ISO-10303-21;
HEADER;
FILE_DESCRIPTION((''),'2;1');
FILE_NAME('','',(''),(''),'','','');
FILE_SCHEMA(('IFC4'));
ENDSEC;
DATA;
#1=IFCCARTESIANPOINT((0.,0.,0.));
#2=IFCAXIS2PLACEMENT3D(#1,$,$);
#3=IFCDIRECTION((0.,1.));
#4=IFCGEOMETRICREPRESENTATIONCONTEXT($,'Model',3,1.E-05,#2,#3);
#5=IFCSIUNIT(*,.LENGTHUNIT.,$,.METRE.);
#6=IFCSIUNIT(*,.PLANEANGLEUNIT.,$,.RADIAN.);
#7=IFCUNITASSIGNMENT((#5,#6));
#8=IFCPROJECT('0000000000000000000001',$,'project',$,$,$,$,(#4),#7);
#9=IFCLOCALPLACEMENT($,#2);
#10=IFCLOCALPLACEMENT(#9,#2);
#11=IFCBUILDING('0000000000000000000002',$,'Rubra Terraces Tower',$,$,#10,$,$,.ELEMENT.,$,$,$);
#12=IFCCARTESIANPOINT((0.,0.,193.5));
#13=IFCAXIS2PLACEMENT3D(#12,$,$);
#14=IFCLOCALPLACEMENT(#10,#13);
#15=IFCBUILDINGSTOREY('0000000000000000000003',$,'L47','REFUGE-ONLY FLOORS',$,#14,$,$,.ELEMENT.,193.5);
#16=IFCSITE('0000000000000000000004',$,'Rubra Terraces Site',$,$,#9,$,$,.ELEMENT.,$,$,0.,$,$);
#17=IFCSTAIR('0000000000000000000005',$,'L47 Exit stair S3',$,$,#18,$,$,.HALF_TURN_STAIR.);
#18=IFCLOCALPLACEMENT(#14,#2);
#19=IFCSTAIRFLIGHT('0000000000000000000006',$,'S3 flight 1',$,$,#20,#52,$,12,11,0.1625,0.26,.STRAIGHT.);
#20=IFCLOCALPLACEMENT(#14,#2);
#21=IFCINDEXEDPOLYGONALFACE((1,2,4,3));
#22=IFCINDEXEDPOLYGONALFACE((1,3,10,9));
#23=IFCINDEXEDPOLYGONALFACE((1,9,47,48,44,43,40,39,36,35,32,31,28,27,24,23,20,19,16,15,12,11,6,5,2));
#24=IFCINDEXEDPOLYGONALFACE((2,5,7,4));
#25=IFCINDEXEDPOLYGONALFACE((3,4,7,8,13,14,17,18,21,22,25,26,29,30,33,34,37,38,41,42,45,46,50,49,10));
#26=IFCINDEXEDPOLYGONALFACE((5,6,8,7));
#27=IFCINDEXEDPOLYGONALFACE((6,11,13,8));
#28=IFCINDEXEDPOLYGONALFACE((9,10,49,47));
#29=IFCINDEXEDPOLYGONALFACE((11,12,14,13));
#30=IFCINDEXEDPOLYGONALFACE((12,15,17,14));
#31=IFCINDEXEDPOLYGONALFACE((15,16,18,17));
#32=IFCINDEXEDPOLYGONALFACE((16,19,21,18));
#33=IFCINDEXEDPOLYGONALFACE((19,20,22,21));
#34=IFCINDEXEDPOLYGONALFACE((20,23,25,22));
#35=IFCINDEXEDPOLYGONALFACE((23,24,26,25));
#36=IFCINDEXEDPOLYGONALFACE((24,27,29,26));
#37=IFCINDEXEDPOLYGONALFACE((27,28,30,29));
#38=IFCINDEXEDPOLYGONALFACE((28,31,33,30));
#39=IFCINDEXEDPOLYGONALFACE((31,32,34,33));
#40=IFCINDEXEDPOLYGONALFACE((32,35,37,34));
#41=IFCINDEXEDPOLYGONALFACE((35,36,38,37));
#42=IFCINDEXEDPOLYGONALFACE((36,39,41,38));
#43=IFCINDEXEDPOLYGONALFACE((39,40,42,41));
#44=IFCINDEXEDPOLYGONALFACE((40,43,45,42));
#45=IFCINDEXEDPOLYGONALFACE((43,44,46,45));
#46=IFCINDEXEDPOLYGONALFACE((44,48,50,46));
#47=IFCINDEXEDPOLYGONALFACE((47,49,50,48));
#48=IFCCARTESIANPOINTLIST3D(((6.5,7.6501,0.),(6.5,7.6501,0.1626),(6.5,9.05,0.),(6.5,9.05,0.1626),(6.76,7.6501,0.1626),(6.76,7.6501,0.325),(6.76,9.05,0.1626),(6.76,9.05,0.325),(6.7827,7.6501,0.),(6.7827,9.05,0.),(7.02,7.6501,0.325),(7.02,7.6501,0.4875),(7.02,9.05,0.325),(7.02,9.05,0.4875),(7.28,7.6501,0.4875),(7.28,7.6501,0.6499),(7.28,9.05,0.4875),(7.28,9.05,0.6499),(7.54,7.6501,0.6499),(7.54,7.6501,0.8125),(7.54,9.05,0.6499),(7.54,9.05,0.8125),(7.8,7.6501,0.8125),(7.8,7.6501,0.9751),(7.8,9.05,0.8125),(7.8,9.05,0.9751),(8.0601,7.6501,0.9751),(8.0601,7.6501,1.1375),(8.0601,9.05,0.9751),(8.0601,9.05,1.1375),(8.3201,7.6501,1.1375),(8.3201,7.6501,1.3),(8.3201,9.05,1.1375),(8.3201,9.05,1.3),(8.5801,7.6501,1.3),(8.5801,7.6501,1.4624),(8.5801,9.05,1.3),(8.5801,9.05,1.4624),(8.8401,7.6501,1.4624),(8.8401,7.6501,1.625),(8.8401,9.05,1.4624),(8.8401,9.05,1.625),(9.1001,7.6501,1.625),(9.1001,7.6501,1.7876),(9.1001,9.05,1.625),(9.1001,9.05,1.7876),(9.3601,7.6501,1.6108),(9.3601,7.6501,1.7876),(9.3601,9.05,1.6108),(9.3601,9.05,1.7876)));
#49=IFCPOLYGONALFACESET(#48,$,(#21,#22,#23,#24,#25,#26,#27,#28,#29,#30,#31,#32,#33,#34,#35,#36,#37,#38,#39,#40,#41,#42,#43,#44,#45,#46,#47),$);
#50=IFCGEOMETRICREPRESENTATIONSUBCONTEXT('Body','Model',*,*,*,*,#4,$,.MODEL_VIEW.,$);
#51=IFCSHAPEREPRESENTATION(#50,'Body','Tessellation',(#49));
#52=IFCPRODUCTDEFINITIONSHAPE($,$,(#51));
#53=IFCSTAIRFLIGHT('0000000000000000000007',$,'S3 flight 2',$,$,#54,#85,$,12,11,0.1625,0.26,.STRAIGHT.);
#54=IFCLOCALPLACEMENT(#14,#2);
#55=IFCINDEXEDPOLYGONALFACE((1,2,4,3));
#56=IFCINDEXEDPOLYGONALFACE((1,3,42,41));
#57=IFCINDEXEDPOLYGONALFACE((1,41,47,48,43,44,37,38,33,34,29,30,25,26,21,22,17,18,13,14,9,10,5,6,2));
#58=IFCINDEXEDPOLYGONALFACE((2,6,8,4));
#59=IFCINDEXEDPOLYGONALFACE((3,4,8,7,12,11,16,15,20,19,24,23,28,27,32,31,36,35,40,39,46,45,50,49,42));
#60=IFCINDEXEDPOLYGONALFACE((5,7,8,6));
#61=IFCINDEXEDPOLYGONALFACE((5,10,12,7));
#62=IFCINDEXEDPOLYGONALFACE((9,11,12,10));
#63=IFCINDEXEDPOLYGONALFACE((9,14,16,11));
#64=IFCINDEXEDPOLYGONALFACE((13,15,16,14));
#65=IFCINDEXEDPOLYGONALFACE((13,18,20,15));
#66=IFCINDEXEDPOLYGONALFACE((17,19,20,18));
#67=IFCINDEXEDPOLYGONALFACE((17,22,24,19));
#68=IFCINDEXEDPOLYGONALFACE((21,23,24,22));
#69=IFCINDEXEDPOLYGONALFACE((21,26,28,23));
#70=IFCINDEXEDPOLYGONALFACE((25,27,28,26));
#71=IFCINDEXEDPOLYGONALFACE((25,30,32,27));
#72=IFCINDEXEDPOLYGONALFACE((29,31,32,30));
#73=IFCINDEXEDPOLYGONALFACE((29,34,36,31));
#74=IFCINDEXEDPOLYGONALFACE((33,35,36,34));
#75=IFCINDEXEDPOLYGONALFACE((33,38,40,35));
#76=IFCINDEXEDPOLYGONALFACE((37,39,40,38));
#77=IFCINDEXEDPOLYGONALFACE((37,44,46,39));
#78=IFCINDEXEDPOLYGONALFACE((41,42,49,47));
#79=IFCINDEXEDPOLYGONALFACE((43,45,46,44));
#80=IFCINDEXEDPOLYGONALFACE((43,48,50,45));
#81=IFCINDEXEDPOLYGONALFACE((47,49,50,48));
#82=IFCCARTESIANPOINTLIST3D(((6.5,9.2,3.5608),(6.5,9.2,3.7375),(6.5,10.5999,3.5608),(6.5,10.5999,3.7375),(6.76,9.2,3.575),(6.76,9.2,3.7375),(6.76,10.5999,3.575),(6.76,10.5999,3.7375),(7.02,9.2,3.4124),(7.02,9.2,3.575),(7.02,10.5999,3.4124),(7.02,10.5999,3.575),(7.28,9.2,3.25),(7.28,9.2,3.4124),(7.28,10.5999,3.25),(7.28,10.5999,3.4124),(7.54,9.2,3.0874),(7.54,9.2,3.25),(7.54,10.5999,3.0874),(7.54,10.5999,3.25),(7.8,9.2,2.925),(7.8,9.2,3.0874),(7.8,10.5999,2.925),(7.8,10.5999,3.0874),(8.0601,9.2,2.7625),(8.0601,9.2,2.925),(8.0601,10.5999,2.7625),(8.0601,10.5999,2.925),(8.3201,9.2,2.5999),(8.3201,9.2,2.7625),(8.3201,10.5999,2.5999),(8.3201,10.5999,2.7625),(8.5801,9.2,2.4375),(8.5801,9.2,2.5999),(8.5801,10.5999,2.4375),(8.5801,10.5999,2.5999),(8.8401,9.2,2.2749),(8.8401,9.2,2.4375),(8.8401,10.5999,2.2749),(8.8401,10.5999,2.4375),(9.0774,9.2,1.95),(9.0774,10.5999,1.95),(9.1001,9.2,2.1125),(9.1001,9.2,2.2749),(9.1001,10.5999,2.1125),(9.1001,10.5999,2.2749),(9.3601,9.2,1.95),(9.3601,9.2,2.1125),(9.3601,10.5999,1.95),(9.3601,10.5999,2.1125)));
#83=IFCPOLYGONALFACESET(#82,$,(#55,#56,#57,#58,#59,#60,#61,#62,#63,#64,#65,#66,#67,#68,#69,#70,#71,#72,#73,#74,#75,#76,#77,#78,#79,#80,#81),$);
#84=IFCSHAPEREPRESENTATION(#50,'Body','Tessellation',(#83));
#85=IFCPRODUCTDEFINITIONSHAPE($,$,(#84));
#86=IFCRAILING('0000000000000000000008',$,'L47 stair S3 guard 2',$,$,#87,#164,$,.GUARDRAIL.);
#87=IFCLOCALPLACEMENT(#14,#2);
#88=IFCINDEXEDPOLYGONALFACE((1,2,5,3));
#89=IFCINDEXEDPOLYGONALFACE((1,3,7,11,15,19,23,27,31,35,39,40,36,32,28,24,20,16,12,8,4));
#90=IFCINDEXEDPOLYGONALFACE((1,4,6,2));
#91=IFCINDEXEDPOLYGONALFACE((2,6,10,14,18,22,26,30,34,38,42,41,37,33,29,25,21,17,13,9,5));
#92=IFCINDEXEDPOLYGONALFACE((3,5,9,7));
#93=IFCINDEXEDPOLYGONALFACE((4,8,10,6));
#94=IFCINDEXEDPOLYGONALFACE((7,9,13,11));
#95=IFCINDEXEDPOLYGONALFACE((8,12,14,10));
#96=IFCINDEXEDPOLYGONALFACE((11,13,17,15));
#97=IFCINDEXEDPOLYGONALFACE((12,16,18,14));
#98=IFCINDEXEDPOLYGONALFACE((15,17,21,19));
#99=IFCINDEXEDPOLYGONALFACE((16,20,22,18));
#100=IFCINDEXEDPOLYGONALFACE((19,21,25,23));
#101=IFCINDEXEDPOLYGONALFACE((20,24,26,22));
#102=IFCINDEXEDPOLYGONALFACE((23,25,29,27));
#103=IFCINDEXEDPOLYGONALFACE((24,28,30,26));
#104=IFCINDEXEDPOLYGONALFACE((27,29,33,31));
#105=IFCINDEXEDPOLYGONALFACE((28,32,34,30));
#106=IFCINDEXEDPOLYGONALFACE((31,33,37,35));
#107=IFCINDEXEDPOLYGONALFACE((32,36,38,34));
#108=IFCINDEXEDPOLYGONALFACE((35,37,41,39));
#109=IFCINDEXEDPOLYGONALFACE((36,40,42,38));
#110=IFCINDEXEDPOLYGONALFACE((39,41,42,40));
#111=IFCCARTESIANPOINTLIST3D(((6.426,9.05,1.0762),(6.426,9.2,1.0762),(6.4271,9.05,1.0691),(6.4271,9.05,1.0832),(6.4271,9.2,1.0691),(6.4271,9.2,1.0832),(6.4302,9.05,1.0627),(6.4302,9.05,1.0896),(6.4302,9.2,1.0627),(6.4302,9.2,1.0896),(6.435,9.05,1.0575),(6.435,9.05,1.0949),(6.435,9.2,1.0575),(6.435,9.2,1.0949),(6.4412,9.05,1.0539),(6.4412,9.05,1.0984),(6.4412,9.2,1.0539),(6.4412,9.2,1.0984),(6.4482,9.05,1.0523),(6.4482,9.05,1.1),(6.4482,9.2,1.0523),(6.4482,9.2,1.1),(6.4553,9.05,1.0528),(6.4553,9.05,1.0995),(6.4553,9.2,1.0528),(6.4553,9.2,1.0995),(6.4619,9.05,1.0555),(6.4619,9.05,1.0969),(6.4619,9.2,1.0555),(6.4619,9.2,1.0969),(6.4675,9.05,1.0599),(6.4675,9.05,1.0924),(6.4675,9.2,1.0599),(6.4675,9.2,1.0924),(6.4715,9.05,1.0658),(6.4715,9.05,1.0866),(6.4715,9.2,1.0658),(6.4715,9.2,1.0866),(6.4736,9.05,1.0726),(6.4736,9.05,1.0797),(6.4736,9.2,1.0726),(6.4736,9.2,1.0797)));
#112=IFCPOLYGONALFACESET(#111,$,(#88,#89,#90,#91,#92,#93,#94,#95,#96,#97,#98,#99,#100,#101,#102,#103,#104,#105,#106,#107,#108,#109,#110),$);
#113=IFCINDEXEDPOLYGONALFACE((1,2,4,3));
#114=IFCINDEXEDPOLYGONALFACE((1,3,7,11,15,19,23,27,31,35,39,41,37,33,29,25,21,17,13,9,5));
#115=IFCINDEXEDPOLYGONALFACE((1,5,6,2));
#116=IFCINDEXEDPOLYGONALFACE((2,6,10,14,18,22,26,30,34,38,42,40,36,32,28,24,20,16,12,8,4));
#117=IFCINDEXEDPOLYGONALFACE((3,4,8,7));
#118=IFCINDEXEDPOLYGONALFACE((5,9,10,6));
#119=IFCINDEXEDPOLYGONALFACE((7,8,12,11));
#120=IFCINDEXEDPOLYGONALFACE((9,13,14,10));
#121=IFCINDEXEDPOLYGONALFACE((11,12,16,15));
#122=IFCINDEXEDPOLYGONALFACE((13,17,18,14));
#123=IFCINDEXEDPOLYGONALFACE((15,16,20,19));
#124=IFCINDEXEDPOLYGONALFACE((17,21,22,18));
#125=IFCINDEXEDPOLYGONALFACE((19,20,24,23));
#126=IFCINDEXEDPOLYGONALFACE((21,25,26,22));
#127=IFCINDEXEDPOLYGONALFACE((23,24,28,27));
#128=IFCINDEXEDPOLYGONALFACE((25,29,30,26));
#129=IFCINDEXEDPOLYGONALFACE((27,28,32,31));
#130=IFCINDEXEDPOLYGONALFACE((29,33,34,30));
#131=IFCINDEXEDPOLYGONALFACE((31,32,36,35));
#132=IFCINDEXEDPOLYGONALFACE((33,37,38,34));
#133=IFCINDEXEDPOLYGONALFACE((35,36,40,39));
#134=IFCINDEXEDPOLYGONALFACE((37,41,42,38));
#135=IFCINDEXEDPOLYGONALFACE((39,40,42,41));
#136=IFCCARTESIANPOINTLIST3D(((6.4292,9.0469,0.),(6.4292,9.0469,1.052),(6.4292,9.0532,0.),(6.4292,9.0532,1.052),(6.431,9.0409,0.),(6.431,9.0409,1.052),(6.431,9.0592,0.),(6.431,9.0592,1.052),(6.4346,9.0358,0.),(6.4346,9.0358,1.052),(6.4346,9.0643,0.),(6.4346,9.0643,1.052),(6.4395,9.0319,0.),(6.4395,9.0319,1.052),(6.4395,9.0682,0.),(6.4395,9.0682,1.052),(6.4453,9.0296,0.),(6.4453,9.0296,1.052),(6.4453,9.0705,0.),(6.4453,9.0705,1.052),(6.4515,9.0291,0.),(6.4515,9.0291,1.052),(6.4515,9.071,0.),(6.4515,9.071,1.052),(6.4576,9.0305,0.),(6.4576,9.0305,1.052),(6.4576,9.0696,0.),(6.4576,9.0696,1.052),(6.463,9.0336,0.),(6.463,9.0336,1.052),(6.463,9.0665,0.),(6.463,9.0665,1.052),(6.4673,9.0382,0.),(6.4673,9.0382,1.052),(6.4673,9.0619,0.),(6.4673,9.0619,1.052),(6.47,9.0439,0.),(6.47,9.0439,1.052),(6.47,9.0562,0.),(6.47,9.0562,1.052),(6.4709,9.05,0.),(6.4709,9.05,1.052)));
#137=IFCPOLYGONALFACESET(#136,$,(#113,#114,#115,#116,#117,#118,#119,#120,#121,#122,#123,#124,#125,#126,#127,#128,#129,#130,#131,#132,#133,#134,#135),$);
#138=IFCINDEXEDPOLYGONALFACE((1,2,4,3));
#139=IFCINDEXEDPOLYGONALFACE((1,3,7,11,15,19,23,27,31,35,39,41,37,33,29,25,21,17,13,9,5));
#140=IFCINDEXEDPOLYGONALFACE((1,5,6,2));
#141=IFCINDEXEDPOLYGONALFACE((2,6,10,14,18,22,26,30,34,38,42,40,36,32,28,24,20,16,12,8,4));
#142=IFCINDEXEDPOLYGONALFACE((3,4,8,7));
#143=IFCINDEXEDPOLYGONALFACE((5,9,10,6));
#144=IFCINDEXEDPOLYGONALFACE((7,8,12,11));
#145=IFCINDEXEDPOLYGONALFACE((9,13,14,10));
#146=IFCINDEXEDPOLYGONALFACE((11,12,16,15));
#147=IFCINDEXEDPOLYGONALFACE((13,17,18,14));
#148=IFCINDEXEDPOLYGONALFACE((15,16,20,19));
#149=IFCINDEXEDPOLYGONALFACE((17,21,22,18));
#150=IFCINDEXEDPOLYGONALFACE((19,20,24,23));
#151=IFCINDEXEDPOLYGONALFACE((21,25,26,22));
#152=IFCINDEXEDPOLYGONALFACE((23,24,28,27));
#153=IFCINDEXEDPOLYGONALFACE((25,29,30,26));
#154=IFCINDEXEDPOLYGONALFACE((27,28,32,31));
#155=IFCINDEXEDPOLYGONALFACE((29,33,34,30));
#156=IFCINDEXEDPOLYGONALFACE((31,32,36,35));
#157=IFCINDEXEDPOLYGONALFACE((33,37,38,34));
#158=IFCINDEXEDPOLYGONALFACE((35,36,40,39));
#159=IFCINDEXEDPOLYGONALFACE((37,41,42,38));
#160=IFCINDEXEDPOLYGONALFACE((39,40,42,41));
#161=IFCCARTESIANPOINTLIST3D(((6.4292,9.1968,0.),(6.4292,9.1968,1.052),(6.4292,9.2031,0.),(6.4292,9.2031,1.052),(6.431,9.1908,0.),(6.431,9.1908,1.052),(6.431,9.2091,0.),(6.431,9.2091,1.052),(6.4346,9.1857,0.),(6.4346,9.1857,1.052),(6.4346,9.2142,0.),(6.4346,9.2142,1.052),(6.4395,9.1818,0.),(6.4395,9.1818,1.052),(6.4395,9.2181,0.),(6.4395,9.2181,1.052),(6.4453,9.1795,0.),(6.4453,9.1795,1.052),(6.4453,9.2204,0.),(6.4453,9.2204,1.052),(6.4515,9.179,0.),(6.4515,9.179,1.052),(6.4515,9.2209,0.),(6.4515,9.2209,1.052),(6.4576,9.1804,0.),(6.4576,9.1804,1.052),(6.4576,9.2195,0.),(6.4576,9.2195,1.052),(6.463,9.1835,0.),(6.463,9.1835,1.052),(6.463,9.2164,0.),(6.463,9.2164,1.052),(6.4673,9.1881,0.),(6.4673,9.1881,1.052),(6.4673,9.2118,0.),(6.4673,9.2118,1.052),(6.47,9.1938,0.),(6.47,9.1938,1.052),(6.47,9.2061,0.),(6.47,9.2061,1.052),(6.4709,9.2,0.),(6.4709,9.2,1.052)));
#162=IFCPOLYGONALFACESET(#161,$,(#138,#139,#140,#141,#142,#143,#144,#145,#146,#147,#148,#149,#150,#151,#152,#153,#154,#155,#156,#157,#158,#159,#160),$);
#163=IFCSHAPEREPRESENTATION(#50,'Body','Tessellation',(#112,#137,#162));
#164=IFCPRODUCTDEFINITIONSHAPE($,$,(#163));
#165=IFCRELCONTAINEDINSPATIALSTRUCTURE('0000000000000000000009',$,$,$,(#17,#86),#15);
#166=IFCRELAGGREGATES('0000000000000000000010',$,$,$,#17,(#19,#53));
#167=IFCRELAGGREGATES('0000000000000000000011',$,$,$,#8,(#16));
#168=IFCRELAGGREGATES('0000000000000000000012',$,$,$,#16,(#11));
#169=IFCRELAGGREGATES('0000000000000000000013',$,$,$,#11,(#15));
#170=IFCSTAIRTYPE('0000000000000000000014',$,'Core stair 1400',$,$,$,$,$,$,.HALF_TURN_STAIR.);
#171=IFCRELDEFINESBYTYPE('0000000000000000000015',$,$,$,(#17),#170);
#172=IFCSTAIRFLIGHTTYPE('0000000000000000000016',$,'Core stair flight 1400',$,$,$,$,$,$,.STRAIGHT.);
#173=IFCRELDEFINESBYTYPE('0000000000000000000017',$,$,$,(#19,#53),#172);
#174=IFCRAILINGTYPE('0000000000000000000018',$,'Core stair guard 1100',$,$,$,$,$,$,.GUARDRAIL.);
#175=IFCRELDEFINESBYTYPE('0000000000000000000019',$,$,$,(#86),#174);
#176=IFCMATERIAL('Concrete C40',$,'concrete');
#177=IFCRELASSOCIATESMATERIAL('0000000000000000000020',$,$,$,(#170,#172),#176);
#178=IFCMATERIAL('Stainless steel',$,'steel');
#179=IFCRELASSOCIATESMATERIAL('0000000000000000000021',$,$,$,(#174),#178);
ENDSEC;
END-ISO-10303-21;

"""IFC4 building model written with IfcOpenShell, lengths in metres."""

from ifc_helpers import new_model, si_unit, direction, frame, origin, origin_2d, place, context, subcontext, project, spatial, polyline, circle, outline, extrude, material, type_object, element, aggregate, save


model = new_model("IFC4")

# Units and contexts
model_context = context("Model", 3, precision=1e-05, world=origin(), true_north=direction((0.0, 1.0)))
body_context = subcontext(model_context, "Body", "Model", "MODEL_VIEW")
ifc_project = project(units=[si_unit("LENGTHUNIT", "METRE"), si_unit("PLANEANGLEUNIT", "RADIAN")], contexts=[model_context])

# Site, building, storey
site_placement = place(None, origin())
site = spatial("IfcSite", under=ifc_project, at=site_placement, Name="Rubra Terraces Site", CompositionType="ELEMENT", RefElevation=0.0)
building_placement = place(site_placement, origin())
building = spatial("IfcBuilding", under=site, at=building_placement, Name="Rubra Terraces Tower", CompositionType="ELEMENT")
storey_placement = place(building_placement, frame((0.0, 0.0, 193.5)))
storey = spatial("IfcBuildingStorey", under=building, at=storey_placement, Name="L47", Description="REFUGE-ONLY FLOORS", CompositionType="ELEMENT", Elevation=193.5)

# Shared definitions
ifc_material_1 = material(Name="Concrete C40", Category="concrete")

# Stair, stair flights
stair_type = type_object("IfcStairType", Name="Core stair 1400", PredefinedType="HALF_TURN_STAIR", material=ifc_material_1)
stair_placement = place(storey_placement, origin())
stair = element("IfcStair", 1, at=stair_placement, inside=storey, type_object=stair_type, Name="L47 Exit stair S3", PredefinedType="HALF_TURN_STAIR")
stair_flight_type = type_object("IfcStairFlightType", Name="Core stair flight 1400", PredefinedType="STRAIGHT", material=ifc_material_1)
stair_flight_1_placement = place(storey_placement, frame((6.5, 8.3501, 0.0), z_axis=(0.0, 0.0, 1.0), x_axis=(1.0, 0.0, 0.0)))
stair_flight_1 = element("IfcStairFlight", 2, at=stair_flight_1_placement, type_object=stair_flight_type, Name="S3 flight 1", NumberOfRisers=12, NumberOfTreads=11, PredefinedType="STRAIGHT", RiserHeight=0.1625, TreadLength=0.26, context=body_context, shape_type="SweptSolid", body=[
    extrude(outline(polyline([(0.0, 0.0), (0.0, 0.1626), (0.26, 0.1626), (0.26, 0.325), (0.52, 0.325), (0.52, 0.4875), (0.78, 0.4875), (0.78, 0.6499), (1.04, 0.6499), (1.04, 0.8125), (1.3, 0.8125), (1.3, 0.9751), (1.5601, 0.9751), (1.5601, 1.1375), (1.8201, 1.1375), (1.8201, 1.3), (2.0801, 1.3), (2.0801, 1.4624), (2.3401, 1.4624), (2.3401, 1.625), (2.6001, 1.625), (2.6001, 1.7876), (2.8601, 1.7876), (2.8601, 1.95), (2.8601, 1.6108), (0.2827, 0.0), (0.0, 0.0)])), frame((0.0, 0.7, 0.0), z_axis=(0.0, -1.0, 0.0), x_axis=(1.0, 0.0, 0.0)), (0.0, 0.0, 1.0), 1.3999),
])
stair_flight_2_placement = place(storey_placement, frame((9.3601, 9.8999, 1.95), z_axis=(0.0, 0.0, 1.0), x_axis=(-1.0, 0.0, 0.0)))
stair_flight_2 = element("IfcStairFlight", 3, at=stair_flight_2_placement, type_object=stair_flight_type, Name="S3 flight 2", NumberOfRisers=12, NumberOfTreads=11, PredefinedType="STRAIGHT", RiserHeight=0.1625, TreadLength=0.26, context=body_context, shape_type="SweptSolid", body=[
    extrude(outline(polyline([(0.0, 0.0), (0.0, 0.1626), (0.26, 0.1626), (0.26, 0.325), (0.52, 0.325), (0.52, 0.4875), (0.78, 0.4875), (0.78, 0.6499), (1.04, 0.6499), (1.04, 0.8125), (1.3, 0.8125), (1.3, 0.9751), (1.5601, 0.9751), (1.5601, 1.1375), (1.8201, 1.1375), (1.8201, 1.3), (2.0801, 1.3), (2.0801, 1.4624), (2.3401, 1.4624), (2.3401, 1.625), (2.6001, 1.625), (2.6001, 1.7876), (2.8601, 1.7876), (2.8601, 1.95), (2.8601, 1.6108), (0.2827, 0.0), (0.0, 0.0)])), frame((0.0, 0.7, 0.0), z_axis=(0.0, -1.0, 0.0), x_axis=(1.0, 0.0, 0.0)), (0.0, 0.0, 1.0), 1.3999),
])
aggregate(stair, [stair_flight_1, stair_flight_2])

# Railing
ifc_material_2 = material(Name="Stainless steel", Category="steel")
railing_type_1 = type_object("IfcRailingType", Name="Core stair guard 1100", PredefinedType="GUARDRAIL", material=ifc_material_2)
railing_1_placement = place(storey_placement, frame((6.45, 9.05, 0.0)))
element("IfcRailing", 4, at=railing_1_placement, inside=storey, type_object=railing_type_1, Name="L47 stair S3 guard 2", PredefinedType="GUARDRAIL", context=body_context, shape_type="SweptSolid", body=[
    extrude(circle(Radius=0.0239, at=origin_2d()), frame((0.0, 0.0, 1.0762), z_axis=(0.0, 1.0, 0.0), x_axis=(-1.0, 0.0, 0.0)), (0.0, 0.0, 1.0), 0.1499),
    extrude(circle(Radius=0.021, at=origin_2d()), origin(), (0.0, 0.0, 1.0), 1.052),
    extrude(circle(Radius=0.021, at=origin_2d()), frame((0.0, 0.1499, 0.0)), (0.0, 0.0, 1.0), 1.052),
])

save(model, "model.ifc")
